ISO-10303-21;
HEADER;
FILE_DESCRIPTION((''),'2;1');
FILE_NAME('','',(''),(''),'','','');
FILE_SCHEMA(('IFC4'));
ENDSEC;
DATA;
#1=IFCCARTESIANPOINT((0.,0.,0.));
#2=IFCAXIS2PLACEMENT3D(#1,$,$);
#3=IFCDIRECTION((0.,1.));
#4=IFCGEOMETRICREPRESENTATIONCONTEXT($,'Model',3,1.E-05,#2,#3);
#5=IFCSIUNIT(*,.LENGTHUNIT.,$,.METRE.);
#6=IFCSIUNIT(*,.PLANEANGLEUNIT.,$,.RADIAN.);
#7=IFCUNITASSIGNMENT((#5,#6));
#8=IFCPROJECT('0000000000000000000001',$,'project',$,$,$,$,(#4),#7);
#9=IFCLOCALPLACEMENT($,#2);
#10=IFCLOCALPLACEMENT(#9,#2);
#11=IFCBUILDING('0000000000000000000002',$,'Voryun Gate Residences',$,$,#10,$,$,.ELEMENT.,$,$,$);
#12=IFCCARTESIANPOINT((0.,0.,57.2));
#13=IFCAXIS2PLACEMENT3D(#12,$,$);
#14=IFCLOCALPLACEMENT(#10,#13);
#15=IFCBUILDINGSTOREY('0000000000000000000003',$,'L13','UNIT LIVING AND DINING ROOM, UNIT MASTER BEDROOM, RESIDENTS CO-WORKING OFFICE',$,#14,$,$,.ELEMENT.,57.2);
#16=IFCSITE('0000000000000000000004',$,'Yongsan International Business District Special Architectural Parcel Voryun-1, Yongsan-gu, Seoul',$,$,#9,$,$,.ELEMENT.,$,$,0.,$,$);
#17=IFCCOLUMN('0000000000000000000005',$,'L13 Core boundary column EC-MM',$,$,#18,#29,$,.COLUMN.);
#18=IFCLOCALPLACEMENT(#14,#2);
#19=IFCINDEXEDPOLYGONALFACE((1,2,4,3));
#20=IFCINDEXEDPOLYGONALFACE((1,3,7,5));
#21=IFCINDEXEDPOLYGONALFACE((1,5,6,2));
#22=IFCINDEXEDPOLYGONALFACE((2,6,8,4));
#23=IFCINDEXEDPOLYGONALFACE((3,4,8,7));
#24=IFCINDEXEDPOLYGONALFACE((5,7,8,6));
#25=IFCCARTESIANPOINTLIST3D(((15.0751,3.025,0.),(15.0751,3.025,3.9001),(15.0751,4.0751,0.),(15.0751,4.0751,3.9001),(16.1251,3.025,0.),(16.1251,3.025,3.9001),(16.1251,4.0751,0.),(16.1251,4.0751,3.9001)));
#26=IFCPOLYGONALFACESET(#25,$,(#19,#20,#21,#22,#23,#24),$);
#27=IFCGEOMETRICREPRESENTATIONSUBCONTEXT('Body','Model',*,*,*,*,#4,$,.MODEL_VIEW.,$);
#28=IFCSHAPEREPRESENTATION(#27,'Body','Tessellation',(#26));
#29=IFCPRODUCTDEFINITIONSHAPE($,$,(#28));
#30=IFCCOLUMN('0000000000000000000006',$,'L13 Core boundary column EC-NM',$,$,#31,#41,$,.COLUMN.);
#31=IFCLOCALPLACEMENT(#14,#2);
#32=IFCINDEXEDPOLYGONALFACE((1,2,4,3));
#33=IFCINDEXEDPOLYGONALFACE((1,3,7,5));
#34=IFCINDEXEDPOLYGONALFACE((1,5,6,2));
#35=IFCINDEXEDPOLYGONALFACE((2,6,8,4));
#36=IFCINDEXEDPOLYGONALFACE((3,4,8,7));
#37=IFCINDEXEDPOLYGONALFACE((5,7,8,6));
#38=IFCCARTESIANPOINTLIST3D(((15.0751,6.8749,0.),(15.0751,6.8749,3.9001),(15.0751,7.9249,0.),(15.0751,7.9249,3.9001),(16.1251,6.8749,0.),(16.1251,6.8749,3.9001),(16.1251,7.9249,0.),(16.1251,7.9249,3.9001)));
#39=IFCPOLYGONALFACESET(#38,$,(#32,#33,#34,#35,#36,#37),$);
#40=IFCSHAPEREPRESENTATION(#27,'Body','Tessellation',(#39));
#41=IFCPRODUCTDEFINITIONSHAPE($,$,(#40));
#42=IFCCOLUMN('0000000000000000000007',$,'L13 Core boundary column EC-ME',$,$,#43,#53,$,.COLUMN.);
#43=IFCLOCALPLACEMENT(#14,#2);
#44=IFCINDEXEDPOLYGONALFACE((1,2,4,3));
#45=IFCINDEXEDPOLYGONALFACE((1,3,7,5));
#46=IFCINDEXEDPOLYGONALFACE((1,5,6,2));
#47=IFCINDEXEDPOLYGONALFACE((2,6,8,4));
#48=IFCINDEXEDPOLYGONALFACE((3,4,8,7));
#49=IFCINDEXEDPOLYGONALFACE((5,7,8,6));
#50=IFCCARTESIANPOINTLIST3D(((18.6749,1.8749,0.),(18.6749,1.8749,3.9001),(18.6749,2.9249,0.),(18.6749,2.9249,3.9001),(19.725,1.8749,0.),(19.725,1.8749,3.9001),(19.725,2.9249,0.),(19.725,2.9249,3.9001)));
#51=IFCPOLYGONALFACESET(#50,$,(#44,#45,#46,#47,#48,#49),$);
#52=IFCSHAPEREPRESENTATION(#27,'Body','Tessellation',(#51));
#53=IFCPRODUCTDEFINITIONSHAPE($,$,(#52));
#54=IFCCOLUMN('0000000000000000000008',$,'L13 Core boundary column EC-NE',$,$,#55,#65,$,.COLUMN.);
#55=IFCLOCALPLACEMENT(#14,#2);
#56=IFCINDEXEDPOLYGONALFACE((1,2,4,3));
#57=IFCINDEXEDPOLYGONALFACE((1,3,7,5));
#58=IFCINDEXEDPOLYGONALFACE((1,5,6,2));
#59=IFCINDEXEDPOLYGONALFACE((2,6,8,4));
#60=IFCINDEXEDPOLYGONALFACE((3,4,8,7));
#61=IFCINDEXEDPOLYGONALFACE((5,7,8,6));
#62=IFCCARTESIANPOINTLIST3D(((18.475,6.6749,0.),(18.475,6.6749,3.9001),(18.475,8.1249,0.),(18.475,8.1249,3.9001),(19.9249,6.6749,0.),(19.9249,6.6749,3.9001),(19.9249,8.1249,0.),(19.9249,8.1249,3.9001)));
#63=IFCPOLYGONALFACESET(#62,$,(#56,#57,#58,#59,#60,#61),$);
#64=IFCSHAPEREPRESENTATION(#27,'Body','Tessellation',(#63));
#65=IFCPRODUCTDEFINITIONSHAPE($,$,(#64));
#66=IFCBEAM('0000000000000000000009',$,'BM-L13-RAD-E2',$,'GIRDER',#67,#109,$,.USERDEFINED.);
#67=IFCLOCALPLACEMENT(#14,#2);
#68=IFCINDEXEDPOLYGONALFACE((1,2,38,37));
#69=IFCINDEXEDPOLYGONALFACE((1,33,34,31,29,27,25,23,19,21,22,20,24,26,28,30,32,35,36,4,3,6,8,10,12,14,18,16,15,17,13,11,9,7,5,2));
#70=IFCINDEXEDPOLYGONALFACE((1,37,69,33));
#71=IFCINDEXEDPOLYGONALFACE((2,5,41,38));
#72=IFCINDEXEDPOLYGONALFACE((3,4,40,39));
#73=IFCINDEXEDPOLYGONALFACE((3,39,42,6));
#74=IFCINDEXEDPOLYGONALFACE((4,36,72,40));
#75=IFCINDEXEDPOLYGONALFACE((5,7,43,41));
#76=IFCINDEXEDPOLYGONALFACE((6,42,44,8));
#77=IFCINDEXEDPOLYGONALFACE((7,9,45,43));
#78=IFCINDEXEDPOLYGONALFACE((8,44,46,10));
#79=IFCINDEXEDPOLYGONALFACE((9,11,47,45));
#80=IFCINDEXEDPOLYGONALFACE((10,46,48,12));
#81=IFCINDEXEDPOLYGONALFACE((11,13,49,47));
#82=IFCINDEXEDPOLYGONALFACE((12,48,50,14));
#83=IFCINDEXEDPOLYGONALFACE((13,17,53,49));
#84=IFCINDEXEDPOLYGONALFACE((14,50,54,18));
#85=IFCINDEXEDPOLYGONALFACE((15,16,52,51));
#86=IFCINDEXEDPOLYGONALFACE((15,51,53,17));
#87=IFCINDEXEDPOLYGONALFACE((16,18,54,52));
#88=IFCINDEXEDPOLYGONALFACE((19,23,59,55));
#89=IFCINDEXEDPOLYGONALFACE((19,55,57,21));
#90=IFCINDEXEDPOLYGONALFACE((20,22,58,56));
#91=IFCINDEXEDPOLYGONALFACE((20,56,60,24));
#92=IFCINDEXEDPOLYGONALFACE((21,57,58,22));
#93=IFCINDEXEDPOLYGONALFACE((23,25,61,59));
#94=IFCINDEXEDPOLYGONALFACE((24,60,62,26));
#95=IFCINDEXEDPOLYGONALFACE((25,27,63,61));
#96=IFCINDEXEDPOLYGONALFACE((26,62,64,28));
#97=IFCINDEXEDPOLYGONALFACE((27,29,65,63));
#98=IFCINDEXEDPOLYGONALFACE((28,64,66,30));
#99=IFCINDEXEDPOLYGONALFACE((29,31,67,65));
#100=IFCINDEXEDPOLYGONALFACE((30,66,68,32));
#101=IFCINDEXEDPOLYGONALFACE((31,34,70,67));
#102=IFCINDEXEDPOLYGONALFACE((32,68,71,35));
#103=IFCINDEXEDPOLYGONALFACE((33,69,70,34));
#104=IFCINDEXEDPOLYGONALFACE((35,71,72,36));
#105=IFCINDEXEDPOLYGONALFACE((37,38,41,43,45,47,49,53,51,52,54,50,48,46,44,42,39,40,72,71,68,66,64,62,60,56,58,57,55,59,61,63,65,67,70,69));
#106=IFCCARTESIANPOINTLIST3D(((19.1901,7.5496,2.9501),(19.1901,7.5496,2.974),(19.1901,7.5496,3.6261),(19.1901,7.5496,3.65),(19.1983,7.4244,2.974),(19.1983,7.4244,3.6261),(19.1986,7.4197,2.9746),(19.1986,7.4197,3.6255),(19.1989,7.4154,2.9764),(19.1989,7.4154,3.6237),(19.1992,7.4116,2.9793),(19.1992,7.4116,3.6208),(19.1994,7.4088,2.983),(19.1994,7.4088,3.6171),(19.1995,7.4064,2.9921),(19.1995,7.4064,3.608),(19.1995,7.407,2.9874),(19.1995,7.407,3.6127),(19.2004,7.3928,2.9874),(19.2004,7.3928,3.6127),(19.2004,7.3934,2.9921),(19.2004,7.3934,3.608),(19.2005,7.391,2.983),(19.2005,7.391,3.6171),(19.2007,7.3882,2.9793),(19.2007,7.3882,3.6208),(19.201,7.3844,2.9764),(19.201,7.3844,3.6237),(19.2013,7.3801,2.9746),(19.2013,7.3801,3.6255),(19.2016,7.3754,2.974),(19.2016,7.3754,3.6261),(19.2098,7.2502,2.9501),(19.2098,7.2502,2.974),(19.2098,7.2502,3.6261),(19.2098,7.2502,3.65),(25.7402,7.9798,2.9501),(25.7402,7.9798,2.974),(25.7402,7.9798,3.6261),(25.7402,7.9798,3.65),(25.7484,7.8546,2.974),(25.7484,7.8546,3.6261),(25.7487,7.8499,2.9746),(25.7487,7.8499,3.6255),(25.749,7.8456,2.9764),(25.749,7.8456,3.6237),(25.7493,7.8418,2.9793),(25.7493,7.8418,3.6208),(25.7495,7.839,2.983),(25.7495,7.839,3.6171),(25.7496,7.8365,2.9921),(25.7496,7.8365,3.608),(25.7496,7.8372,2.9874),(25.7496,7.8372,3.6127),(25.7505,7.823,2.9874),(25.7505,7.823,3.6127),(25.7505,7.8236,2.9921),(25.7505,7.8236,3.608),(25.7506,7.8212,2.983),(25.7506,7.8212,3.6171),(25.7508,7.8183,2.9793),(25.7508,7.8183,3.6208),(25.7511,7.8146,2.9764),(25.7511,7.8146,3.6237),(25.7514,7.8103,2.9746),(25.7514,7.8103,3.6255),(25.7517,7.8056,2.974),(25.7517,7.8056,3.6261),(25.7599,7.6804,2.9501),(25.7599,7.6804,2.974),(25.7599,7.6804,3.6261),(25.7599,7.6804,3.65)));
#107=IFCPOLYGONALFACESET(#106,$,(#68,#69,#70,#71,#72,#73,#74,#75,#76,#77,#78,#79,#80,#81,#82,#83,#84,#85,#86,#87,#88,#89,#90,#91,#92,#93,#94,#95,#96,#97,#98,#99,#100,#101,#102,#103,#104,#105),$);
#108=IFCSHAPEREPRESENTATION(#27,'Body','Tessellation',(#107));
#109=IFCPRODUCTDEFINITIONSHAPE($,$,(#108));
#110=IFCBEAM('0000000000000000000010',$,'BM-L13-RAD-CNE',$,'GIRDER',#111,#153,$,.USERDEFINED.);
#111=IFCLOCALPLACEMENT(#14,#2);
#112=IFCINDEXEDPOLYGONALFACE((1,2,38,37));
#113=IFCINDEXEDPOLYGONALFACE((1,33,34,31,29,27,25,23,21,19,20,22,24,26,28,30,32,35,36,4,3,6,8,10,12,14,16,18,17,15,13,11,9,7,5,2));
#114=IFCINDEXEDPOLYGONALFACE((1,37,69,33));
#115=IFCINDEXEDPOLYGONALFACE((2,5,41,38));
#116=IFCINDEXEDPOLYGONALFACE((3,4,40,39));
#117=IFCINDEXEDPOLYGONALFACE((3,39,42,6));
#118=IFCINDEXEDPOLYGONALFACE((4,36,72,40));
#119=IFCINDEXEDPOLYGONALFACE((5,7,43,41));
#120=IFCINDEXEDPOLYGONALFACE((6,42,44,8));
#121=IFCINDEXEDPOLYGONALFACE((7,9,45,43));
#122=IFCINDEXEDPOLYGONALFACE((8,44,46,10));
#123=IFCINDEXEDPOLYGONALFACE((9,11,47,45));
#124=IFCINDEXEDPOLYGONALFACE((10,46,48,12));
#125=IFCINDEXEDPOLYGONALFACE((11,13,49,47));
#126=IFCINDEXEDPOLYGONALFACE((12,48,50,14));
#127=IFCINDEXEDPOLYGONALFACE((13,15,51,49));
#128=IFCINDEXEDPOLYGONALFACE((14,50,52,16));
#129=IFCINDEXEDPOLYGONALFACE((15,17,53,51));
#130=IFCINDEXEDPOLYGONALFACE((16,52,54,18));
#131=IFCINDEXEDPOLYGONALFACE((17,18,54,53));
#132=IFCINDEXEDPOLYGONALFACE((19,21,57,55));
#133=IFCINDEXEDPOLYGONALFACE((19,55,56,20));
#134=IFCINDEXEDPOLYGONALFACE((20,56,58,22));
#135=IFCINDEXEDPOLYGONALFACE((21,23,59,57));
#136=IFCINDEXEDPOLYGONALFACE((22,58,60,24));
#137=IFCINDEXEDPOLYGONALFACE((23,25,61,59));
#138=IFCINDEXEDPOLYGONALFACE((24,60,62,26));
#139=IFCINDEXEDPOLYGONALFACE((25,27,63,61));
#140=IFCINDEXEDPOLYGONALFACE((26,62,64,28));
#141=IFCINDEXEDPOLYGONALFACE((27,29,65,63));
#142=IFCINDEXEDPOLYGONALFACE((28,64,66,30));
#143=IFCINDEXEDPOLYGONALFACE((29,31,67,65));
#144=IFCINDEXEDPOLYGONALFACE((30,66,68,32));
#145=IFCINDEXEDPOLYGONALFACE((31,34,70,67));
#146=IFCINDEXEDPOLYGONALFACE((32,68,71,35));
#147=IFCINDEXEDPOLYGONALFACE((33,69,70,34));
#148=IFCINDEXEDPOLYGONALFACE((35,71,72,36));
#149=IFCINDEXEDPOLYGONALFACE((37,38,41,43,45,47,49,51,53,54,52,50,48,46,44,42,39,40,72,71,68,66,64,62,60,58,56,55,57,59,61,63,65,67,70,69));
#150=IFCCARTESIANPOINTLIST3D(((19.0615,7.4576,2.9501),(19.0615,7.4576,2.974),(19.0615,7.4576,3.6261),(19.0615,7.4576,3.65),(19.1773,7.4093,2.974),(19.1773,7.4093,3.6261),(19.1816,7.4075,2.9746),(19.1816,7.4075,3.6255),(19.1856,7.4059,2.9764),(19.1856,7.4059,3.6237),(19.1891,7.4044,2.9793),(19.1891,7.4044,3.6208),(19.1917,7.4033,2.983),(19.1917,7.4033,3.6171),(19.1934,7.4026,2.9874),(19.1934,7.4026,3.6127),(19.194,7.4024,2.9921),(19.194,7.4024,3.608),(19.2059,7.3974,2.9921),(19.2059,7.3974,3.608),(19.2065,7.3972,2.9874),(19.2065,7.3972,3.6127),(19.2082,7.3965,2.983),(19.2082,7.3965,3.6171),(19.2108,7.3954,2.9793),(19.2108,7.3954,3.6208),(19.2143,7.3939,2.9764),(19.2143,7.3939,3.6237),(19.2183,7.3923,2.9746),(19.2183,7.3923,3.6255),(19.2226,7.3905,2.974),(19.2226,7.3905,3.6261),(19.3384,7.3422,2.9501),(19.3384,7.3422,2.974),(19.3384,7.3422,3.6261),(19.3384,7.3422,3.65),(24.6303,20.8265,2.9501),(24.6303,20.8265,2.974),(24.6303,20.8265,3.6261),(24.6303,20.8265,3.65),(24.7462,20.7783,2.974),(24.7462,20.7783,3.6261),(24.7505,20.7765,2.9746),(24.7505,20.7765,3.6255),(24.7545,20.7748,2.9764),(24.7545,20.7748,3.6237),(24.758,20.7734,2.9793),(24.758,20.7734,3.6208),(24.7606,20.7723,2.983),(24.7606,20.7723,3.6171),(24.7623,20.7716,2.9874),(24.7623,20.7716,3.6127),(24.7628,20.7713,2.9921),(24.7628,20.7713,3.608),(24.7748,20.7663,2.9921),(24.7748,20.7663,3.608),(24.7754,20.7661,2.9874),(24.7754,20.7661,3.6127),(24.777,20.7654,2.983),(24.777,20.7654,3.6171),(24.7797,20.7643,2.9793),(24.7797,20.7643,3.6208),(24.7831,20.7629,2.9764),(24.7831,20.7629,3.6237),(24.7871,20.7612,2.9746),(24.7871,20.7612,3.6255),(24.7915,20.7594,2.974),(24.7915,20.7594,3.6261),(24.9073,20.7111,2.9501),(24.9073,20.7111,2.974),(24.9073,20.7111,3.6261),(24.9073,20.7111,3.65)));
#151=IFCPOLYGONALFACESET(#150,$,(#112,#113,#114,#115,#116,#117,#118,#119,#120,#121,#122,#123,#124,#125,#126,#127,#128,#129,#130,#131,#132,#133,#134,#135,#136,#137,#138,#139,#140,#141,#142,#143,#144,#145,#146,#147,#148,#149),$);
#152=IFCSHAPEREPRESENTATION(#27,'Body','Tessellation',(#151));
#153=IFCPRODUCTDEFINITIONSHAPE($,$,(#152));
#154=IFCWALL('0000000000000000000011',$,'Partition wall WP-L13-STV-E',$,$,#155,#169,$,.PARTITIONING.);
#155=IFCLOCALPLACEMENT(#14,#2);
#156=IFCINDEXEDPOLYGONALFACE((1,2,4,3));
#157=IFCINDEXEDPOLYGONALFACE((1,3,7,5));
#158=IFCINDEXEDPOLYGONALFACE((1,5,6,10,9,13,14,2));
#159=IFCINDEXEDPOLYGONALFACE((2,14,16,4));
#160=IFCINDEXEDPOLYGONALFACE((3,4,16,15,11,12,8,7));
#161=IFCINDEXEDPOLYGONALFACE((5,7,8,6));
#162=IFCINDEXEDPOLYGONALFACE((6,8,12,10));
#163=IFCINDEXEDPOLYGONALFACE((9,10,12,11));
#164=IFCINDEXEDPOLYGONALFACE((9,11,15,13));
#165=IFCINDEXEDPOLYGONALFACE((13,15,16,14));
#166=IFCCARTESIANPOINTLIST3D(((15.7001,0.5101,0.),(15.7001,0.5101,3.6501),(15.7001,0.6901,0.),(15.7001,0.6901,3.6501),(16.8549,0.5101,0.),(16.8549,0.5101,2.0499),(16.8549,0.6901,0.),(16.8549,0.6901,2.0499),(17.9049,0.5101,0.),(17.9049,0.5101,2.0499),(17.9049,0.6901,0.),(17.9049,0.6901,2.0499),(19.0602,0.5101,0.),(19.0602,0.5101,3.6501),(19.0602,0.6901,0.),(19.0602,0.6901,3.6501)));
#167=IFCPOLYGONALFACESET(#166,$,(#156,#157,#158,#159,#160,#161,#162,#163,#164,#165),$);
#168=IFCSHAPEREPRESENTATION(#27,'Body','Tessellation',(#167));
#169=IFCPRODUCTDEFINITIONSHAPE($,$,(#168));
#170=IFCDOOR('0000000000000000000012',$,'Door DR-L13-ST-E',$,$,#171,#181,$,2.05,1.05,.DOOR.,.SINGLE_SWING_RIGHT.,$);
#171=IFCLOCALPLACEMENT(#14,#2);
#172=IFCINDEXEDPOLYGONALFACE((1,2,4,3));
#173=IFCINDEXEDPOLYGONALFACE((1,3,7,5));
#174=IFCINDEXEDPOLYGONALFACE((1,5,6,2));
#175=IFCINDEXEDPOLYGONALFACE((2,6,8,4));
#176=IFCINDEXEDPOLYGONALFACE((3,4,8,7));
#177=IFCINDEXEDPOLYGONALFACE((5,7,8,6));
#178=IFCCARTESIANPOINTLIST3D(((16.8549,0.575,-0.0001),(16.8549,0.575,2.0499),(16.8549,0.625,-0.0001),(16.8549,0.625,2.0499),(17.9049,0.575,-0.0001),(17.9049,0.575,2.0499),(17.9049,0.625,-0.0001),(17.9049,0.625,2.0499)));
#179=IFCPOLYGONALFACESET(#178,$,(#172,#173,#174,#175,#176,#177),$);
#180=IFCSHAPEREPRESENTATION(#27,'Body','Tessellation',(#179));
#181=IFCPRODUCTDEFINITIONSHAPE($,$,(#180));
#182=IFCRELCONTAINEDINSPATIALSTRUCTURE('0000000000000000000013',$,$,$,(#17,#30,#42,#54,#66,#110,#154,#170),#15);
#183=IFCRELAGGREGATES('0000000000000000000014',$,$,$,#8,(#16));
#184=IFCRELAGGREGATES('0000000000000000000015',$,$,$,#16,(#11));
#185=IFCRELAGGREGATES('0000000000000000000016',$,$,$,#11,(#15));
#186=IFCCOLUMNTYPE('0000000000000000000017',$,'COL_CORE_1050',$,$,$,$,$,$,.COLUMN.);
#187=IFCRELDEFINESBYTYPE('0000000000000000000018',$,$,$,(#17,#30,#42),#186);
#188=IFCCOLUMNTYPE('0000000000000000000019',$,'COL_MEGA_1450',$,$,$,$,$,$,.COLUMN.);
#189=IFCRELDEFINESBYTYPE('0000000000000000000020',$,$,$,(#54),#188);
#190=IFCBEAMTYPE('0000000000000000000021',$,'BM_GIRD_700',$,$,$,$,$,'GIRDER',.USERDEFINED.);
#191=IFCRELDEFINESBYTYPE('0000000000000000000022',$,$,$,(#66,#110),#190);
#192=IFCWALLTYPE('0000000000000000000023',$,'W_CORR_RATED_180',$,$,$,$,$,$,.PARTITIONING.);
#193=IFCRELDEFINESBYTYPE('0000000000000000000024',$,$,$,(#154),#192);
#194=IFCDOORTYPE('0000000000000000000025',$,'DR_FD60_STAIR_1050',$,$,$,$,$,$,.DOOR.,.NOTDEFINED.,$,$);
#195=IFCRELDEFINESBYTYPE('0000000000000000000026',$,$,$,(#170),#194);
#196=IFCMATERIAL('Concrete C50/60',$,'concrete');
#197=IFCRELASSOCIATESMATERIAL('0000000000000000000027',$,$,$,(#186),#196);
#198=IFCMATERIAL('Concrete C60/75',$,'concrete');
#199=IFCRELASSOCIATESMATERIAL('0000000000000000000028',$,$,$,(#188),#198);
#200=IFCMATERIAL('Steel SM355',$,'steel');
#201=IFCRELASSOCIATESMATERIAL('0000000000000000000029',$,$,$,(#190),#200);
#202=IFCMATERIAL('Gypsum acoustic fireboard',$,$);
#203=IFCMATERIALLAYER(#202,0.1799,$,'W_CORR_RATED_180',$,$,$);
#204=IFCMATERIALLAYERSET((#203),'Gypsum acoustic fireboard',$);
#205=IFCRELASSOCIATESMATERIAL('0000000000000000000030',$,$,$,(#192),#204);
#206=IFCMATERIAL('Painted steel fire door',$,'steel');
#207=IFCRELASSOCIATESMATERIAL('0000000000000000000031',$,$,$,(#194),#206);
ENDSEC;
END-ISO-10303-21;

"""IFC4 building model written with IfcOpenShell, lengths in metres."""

from ifc_helpers import new_model, si_unit, direction, frame, frame_2d, origin, origin_2d, place, context, subcontext, project, spatial, rectangle, i_section, extrude, material, layer, layer_set, material_profile, profile_set, type_object, element, fill, save


model = new_model("IFC4")

# Units and contexts
model_context = context("Model", 3, precision=1e-05, world=origin(), true_north=direction((0.0, 1.0)))
body_context = subcontext(model_context, "Body", "Model", "MODEL_VIEW")
ifc_project = project(units=[si_unit("LENGTHUNIT", "METRE"), si_unit("PLANEANGLEUNIT", "RADIAN")], contexts=[model_context])

# Site, building, storey
site_placement = place(None, origin())
site = spatial("IfcSite", under=ifc_project, at=site_placement, Name="Yongsan International Business District Special Architectural Parcel Voryun-1, Yongsan-gu, Seoul", CompositionType="ELEMENT", RefElevation=0.0)
building_placement = place(site_placement, origin())
building = spatial("IfcBuilding", under=site, at=building_placement, Name="Voryun Gate Residences", CompositionType="ELEMENT")
storey_placement = place(building_placement, frame((0.0, 0.0, 57.2)))
storey = spatial("IfcBuildingStorey", under=building, at=storey_placement, Name="L13", Description="UNIT LIVING AND DINING ROOM, UNIT MASTER BEDROOM, RESIDENTS CO-WORKING OFFICE", CompositionType="ELEMENT", Elevation=57.2)

# Columns
ifc_material_1 = material(Name="Concrete C50/60", Category="concrete")
ifc_material_profile_1 = material_profile(ifc_material_1, rectangle(XDim=1.05, YDim=1.05, at=origin_2d()), Name="RC-1050x1050")
ifc_profile_set_1 = profile_set([ifc_material_profile_1], Name="Concrete C50/60")
column_type_1 = type_object("IfcColumnType", Name="COL_CORE_1050", PredefinedType="COLUMN", material=ifc_profile_set_1)
for number, where, z_axis, x_axis, name in (
    (1, (15.6001, 3.55, 0.0), (0.0, 0.0, 1.0), (1.0, 0.0, 0.0), "L13 Core boundary column EC-MM"),
    (2, (15.6001, 7.3999, 0.0), (0.0, 0.0, 1.0), (1.0, 0.0, 0.0), "L13 Core boundary column EC-NM"),
    (3, (19.2, 2.3999, 0.0), (0.0, 0.0, 1.0), (1.0, 0.0, 0.0), "L13 Core boundary column EC-ME"),
):
    element("IfcColumn", number, at=place(storey_placement, frame(where, z_axis=z_axis, x_axis=x_axis)), inside=storey, type_object=column_type_1, Name=name, PredefinedType="COLUMN", context=body_context, shape_type="SweptSolid", body=[
        extrude(rectangle(XDim=1.05, YDim=1.05, at=origin_2d()), origin(), (0.0, 0.0, 1.0), 3.9001),
    ])
ifc_material_2 = material(Name="Concrete C60/75", Category="concrete")
ifc_material_profile_2 = material_profile(ifc_material_2, rectangle(XDim=1.45, YDim=1.45, at=origin_2d()), Name="RC-1450x1450")
ifc_profile_set_2 = profile_set([ifc_material_profile_2], Name="Concrete C60/75")
column_type_2 = type_object("IfcColumnType", Name="COL_MEGA_1450", PredefinedType="COLUMN", material=ifc_profile_set_2)
column_placement = place(storey_placement, frame((19.2, 7.3999, 0.0), z_axis=(0.0, 0.0, 1.0), x_axis=(1.0, 0.0, 0.0)))
element("IfcColumn", 4, at=column_placement, inside=storey, type_object=column_type_2, Name="L13 Core boundary column EC-NE", PredefinedType="COLUMN", context=body_context, shape_type="SweptSolid", body=[
    extrude(rectangle(XDim=1.45, YDim=1.45, at=origin_2d()), origin(), (0.0, 0.0, 1.0), 3.9001),
])

# Beams
ifc_material_3 = material(Name="Steel SM355", Category="steel")
ifc_material_profile_3 = material_profile(ifc_material_3, i_section(OverallWidth=0.3, OverallDepth=0.7, WebThickness=0.0129, FlangeThickness=0.0239, FilletRadius=0.0181, at=origin_2d()), Name="H-700x300x13x24")
ifc_profile_set_3 = profile_set([ifc_material_profile_3], Name="Steel SM355")
beam_type = type_object("IfcBeamType", Name="BM_GIRD_700", ElementType="GIRDER", PredefinedType="USERDEFINED", material=ifc_profile_set_3)
beam_1_placement = place(storey_placement, frame((19.2, 7.3999, 3.3), z_axis=(0.99785, 0.065534, 0.0), x_axis=(-0.065534, 0.99785, 0.0)))
element("IfcBeam", 5, at=beam_1_placement, inside=storey, type_object=beam_type, Name="BM-L13-RAD-E2", ObjectType="GIRDER", PredefinedType="USERDEFINED", context=body_context, shape_type="SweptSolid", body=[
    extrude(i_section(OverallWidth=0.3, OverallDepth=0.7, WebThickness=0.0129, FlangeThickness=0.0239, FilletRadius=0.0181, at=origin_2d()), origin(), (0.0, 0.0, 1.0), 6.5642),
])
beam_2_placement = place(storey_placement, frame((19.2, 7.3999, 3.3), z_axis=(0.384526, 0.923114, 0.0), x_axis=(-0.923114, 0.384526, 0.0)))
element("IfcBeam", 6, at=beam_2_placement, inside=storey, type_object=beam_type, Name="BM-L13-RAD-CNE", ObjectType="GIRDER", PredefinedType="USERDEFINED", context=body_context, shape_type="SweptSolid", body=[
    extrude(i_section(OverallWidth=0.3, OverallDepth=0.7, WebThickness=0.0129, FlangeThickness=0.0239, FilletRadius=0.0181, at=origin_2d()), origin(), (0.0, 0.0, 1.0), 14.4824),
])

# Wall, opening, door
ifc_material_4 = material(Name="Gypsum acoustic fireboard")
ifc_layer_1 = layer(ifc_material_4, 0.1799, Name="W_CORR_RATED_180")
ifc_layer_set_1 = layer_set([ifc_layer_1], Name="Gypsum acoustic fireboard")
wall_type_1 = type_object("IfcWallType", Name="W_CORR_RATED_180", PredefinedType="PARTITIONING", material=ifc_layer_set_1)
wall_1_placement = place(storey_placement, frame((15.7, 0.6001, 0.0), z_axis=(0.0, 0.0, 1.0), x_axis=(1.0, 0.0, 0.0)))
wall_1 = element("IfcWall", 7, at=wall_1_placement, inside=storey, type_object=wall_type_1, Name="Partition wall WP-L13-STV-E", PredefinedType="PARTITIONING", context=body_context, shape_type="SweptSolid", body=[
    extrude(rectangle(XDim=3.3601, YDim=0.1799, at=frame_2d((1.6802, 0.0))), origin(), (0.0, 0.0, 1.0), 3.6501),
])
opening_1_placement = place(wall_1_placement, frame((1.155, 0.0, 0.0)))
opening_1 = element("IfcOpeningElement", 8, at=opening_1_placement, cuts=wall_1, PredefinedType="OPENING", context=body_context, shape_type="SweptSolid", body=[
    extrude(rectangle(XDim=1.05, YDim=2.05, at=frame_2d((0.5249, 1.0249))), frame((0.0, 0.0999, 0.0), z_axis=(0.0, -1.0, 0.0), x_axis=(1.0, 0.0, 0.0)), (0.0, 0.0, 1.0), 0.2),
])
ifc_material_5 = material(Name="Painted steel fire door", Category="steel")
door_type_1 = type_object("IfcDoorType", Name="DR_FD60_STAIR_1050", OperationType="NOTDEFINED", PredefinedType="DOOR", material=ifc_material_5)
door_1_placement = place(opening_1_placement, origin())
door_1 = element("IfcDoor", 9, at=door_1_placement, inside=storey, type_object=door_type_1, Name="Door DR-L13-ST-E", OperationType="SINGLE_SWING_RIGHT", OverallHeight=2.05, OverallWidth=1.05, PredefinedType="DOOR", context=body_context, shape_type="SweptSolid", body=[
    extrude(rectangle(XDim=1.05, YDim=2.05, at=frame_2d((0.5249, 1.0249))), frame((0.0, 0.0249, 0.0), z_axis=(0.0, -1.0, 0.0), x_axis=(1.0, 0.0, 0.0)), (0.0, 0.0, 1.0), 0.05),
])
fill(opening_1, door_1)

save(model, "model.ifc")
